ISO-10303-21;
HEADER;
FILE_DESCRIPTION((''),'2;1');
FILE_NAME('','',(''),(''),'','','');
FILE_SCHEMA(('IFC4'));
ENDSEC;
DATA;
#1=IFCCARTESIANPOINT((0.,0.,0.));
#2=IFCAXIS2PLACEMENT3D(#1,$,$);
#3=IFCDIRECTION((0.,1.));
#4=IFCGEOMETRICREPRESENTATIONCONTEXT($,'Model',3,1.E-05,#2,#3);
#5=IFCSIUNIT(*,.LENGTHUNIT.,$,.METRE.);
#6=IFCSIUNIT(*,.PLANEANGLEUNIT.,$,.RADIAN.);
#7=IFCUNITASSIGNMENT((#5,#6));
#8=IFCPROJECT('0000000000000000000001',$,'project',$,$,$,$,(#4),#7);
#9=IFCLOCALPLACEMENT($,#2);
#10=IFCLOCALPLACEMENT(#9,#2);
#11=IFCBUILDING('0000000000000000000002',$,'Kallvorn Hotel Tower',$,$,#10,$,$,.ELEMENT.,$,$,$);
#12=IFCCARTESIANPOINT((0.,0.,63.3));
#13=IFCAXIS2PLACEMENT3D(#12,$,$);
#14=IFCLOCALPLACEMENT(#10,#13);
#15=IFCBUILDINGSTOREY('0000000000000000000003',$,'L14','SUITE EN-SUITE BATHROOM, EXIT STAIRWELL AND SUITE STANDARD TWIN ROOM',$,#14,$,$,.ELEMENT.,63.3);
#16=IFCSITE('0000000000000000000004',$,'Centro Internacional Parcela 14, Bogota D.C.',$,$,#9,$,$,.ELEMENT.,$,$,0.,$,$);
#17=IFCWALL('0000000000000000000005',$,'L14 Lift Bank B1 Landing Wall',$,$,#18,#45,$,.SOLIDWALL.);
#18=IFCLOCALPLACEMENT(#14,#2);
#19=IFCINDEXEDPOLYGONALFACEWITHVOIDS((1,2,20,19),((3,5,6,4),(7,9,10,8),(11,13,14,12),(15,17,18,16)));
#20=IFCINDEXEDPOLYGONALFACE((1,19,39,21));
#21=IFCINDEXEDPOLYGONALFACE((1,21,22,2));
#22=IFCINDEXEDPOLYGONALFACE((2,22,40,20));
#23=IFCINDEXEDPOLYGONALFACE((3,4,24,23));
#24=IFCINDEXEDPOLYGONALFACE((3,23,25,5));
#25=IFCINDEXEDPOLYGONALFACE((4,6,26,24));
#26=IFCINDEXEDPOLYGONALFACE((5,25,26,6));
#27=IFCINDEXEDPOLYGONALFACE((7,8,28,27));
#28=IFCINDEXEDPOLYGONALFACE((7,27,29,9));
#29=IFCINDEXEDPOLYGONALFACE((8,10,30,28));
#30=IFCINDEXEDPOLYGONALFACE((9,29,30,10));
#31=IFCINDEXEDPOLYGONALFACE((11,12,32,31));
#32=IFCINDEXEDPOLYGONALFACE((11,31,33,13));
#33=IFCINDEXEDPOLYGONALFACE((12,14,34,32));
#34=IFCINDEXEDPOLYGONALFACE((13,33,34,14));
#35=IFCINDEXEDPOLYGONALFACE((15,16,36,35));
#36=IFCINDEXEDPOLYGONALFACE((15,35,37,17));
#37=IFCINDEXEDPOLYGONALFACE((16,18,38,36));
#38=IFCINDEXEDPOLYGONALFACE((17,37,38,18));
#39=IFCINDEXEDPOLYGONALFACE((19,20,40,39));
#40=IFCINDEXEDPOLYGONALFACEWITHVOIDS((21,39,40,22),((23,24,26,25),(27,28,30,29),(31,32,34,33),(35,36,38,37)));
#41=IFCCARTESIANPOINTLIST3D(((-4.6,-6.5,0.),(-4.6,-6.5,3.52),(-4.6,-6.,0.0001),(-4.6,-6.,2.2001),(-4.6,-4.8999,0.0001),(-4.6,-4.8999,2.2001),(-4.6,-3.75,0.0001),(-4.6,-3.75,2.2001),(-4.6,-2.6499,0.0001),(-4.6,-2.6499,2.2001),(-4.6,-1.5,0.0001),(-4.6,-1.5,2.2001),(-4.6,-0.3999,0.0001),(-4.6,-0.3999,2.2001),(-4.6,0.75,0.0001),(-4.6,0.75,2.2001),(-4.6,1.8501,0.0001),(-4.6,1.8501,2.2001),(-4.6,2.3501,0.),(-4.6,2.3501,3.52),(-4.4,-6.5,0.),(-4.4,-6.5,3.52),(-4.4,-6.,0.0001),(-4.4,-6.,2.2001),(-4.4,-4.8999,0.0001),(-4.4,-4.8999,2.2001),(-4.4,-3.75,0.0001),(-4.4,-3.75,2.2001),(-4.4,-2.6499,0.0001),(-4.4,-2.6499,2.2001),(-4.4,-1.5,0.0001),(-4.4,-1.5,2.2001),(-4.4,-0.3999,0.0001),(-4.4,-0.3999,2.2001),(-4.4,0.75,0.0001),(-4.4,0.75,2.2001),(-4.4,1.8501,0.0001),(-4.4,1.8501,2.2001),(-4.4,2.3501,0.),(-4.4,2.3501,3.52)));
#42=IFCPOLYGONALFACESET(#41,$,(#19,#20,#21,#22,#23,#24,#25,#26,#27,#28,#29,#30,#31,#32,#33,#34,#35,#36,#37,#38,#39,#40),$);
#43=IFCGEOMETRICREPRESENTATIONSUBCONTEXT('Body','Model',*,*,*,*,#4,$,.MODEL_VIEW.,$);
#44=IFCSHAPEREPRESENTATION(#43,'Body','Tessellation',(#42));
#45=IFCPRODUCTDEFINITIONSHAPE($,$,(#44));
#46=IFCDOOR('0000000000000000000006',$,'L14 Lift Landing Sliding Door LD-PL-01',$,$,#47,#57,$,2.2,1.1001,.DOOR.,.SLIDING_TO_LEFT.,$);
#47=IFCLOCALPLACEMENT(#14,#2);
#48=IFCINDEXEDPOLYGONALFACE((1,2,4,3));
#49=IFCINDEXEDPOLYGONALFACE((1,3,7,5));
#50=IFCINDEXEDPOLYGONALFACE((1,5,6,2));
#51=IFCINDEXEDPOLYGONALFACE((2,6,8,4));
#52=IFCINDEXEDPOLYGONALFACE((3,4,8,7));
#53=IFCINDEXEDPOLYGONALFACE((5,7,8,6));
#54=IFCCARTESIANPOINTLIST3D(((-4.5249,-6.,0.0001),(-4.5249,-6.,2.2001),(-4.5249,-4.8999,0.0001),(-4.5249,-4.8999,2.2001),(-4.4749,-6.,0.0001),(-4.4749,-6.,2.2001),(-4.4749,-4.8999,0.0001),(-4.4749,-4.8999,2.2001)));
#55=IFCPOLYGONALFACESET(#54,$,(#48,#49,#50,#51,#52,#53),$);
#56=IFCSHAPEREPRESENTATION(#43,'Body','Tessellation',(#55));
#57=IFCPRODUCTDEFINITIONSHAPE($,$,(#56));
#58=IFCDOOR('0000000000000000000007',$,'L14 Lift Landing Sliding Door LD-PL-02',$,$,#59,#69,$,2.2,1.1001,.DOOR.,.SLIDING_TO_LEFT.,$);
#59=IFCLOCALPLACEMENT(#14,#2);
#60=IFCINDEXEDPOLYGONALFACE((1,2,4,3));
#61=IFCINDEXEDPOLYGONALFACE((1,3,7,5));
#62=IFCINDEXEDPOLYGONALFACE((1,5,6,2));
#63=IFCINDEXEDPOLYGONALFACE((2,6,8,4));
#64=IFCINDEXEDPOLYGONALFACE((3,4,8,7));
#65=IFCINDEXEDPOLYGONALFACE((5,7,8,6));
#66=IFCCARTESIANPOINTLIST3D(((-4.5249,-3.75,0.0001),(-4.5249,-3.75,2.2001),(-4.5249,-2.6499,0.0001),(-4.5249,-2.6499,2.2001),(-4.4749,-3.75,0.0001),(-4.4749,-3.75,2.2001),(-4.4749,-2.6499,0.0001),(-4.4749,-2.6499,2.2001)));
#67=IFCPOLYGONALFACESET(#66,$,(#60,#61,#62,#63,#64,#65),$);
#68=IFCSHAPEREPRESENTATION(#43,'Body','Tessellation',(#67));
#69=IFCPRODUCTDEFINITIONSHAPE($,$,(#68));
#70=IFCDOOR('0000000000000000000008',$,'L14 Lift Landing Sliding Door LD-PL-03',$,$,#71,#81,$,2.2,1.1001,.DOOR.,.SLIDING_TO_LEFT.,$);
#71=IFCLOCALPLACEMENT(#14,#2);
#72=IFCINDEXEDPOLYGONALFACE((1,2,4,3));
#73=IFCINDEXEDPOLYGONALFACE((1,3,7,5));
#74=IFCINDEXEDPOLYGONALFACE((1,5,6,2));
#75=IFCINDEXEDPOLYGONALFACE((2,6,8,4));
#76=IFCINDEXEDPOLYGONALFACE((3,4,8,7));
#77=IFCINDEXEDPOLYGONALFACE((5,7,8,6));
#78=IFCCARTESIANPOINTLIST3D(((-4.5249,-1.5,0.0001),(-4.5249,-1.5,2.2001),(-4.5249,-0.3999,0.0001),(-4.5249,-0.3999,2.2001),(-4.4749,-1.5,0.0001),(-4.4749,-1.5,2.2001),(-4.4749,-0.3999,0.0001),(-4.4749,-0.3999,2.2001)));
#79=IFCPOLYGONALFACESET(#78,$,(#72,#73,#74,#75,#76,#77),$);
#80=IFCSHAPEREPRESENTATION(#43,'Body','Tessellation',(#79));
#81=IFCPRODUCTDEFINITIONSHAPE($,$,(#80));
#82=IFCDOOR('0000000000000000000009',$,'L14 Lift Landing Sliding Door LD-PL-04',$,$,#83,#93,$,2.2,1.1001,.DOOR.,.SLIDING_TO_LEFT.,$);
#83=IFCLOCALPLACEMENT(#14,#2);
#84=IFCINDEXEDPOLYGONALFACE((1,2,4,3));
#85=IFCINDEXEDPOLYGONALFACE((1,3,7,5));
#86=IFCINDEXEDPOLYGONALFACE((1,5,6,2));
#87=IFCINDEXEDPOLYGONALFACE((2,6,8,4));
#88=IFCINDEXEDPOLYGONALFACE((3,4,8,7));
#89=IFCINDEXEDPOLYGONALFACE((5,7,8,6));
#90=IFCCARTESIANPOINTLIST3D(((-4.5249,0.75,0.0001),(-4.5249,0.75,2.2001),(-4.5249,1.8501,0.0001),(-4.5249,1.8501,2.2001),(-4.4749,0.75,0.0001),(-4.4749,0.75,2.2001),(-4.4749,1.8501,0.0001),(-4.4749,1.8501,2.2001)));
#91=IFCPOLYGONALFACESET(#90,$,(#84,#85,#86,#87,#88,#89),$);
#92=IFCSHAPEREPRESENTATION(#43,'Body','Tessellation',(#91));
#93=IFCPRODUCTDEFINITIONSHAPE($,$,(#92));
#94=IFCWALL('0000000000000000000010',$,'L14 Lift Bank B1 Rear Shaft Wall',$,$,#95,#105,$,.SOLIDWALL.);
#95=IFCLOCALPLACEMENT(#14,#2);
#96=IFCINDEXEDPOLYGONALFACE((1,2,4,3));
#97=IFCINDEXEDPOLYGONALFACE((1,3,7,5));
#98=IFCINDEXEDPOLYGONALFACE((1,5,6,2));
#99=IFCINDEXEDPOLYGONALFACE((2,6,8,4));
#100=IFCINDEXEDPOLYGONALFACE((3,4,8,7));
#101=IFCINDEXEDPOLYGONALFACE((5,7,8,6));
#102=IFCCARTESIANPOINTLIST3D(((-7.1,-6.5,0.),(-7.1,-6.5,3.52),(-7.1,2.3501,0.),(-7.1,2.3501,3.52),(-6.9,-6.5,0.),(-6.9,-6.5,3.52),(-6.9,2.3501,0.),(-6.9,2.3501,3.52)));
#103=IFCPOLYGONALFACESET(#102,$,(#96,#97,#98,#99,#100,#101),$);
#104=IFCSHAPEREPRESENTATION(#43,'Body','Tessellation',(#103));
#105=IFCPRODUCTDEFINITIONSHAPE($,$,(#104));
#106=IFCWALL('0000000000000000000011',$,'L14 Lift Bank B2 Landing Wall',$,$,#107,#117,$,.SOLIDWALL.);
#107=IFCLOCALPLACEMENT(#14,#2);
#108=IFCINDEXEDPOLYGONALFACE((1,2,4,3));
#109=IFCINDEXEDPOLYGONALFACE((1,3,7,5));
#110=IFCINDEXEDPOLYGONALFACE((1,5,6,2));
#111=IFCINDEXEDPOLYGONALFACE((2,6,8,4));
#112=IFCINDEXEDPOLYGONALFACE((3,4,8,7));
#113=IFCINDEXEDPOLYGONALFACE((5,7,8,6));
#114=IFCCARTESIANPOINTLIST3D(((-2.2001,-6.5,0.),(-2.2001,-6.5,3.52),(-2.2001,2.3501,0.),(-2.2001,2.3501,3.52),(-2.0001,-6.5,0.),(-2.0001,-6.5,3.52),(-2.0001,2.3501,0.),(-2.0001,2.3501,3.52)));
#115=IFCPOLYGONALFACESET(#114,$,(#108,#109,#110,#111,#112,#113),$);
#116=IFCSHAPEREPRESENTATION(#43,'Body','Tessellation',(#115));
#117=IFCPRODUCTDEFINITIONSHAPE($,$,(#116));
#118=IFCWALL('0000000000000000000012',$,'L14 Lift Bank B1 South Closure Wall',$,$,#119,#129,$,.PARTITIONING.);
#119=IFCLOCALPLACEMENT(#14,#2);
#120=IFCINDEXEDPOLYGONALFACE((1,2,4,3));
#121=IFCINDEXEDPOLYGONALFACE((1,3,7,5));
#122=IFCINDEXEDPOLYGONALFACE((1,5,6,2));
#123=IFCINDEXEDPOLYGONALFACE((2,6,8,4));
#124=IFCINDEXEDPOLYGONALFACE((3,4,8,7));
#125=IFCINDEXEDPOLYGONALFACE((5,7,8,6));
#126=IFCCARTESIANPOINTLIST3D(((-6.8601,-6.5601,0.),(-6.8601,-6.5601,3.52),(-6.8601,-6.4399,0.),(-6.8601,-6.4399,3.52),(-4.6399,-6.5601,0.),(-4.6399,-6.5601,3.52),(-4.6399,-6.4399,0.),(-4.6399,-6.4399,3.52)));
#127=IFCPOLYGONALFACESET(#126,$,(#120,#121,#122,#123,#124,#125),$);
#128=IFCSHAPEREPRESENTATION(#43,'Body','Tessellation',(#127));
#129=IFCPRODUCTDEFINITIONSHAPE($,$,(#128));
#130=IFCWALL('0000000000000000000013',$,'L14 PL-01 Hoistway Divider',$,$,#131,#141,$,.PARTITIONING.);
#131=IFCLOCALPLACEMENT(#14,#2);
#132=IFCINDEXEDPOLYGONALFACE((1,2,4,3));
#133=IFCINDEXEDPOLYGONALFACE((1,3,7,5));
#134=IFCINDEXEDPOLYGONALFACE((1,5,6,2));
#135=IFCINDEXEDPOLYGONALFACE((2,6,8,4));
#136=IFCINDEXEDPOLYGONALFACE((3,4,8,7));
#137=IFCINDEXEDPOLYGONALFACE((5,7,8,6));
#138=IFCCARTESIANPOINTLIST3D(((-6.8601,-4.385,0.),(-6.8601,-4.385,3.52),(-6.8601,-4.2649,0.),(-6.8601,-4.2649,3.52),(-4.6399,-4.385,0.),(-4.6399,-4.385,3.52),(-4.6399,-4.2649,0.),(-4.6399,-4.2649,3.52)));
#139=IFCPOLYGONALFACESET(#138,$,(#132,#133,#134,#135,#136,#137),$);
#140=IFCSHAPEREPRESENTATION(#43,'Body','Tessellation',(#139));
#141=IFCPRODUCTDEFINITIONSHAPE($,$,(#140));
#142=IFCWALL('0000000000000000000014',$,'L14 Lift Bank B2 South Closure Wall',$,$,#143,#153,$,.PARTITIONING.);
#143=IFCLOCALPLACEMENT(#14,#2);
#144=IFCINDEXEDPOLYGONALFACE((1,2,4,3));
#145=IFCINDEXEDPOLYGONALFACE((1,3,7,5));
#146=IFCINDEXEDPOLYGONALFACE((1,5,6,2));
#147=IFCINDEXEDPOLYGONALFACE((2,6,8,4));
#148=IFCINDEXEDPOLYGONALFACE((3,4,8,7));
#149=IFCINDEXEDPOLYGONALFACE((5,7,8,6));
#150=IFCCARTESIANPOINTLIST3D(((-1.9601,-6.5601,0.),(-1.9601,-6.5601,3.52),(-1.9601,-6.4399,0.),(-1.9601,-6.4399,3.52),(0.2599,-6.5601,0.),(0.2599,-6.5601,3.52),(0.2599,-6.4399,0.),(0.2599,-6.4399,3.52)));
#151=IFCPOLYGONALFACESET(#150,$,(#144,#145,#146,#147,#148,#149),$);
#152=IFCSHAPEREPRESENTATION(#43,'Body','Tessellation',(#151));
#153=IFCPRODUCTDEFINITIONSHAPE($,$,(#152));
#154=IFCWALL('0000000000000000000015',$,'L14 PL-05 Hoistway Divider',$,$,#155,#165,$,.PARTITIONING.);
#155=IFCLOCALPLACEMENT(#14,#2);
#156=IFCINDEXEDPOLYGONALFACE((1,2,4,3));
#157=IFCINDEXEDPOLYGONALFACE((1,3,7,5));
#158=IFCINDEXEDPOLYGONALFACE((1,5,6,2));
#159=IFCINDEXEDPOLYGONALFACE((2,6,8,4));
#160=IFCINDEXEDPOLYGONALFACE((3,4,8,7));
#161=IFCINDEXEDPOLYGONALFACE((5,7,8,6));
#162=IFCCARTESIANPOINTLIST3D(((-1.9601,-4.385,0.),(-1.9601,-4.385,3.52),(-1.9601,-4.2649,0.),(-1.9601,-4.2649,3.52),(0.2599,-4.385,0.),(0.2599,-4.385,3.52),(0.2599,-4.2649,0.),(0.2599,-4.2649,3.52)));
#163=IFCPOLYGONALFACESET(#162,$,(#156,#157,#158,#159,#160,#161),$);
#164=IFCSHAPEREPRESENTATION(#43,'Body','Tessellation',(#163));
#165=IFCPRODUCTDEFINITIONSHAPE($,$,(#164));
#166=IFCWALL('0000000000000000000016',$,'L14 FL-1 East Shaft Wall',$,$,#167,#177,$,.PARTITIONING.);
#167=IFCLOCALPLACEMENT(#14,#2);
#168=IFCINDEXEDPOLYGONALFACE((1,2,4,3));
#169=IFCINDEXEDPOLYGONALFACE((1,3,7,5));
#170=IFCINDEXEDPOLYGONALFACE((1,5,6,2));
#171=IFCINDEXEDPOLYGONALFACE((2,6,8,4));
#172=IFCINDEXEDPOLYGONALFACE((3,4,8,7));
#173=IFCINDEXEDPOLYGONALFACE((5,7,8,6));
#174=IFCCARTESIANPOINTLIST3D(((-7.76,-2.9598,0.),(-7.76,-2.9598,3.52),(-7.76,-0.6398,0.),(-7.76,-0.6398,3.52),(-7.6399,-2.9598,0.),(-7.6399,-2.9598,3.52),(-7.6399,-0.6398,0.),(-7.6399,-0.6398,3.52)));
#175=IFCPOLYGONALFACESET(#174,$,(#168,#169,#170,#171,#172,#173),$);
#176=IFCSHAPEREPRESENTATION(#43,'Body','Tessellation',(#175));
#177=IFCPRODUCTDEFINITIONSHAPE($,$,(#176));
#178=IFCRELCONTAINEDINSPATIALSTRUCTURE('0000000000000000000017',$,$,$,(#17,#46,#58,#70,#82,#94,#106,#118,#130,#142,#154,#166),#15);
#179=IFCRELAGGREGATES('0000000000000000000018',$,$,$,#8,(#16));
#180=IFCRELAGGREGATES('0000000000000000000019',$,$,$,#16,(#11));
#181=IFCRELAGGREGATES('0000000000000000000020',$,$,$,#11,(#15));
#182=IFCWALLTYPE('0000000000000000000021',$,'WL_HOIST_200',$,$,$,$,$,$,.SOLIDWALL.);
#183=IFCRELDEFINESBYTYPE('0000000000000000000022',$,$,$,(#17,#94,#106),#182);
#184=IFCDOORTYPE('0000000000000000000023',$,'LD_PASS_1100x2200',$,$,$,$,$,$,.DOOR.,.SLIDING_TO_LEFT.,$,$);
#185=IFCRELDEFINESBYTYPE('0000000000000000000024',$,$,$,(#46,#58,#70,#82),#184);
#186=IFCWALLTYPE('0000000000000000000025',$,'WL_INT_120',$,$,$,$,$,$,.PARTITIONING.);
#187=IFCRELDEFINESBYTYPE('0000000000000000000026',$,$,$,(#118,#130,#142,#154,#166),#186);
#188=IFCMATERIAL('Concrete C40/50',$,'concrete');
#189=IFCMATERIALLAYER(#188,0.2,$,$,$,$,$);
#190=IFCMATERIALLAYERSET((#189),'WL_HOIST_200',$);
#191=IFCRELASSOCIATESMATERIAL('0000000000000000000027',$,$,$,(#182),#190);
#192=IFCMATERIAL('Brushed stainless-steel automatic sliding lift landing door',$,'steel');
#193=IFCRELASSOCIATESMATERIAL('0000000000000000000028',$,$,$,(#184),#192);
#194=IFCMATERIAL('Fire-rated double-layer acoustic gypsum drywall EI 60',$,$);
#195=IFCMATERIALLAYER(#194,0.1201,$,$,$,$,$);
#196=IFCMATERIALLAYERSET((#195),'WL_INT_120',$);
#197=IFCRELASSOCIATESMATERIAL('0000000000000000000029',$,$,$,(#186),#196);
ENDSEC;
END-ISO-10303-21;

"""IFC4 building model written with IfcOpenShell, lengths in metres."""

from ifc_helpers import new_model, si_unit, direction, frame, frame_2d, origin, place, context, subcontext, project, spatial, rectangle, extrude, material, layer, layer_set, type_object, element, fill, save


model = new_model("IFC4")

# Units and contexts
model_context = context("Model", 3, precision=1e-05, world=origin(), true_north=direction((0.0, 1.0)))
body_context = subcontext(model_context, "Body", "Model", "MODEL_VIEW")
ifc_project = project(units=[si_unit("LENGTHUNIT", "METRE"), si_unit("PLANEANGLEUNIT", "RADIAN")], contexts=[model_context])

# Site, building, storey
site_placement = place(None, origin())
site = spatial("IfcSite", under=ifc_project, at=site_placement, Name="Centro Internacional Parcela 14, Bogota D.C.", CompositionType="ELEMENT", RefElevation=0.0)
building_placement = place(site_placement, origin())
building = spatial("IfcBuilding", under=site, at=building_placement, Name="Kallvorn Hotel Tower", CompositionType="ELEMENT")
storey_placement = place(building_placement, frame((0.0, 0.0, 63.3)))
storey = spatial("IfcBuildingStorey", under=building, at=storey_placement, Name="L14", Description="SUITE EN-SUITE BATHROOM, EXIT STAIRWELL AND SUITE STANDARD TWIN ROOM", CompositionType="ELEMENT", Elevation=63.3)

# Wall, openings, doors
ifc_material_1 = material(Name="Concrete C40/50", Category="concrete")
ifc_layer_1 = layer(ifc_material_1, 0.2)
ifc_layer_set_1 = layer_set([ifc_layer_1], Name="WL_HOIST_200")
wall_type_1 = type_object("IfcWallType", Name="WL_HOIST_200", PredefinedType="SOLIDWALL", material=ifc_layer_set_1)
wall_1_placement = place(storey_placement, frame((-4.5, -6.5, 0.0), z_axis=(0.0, 0.0, 1.0), x_axis=(0.0, 1.0, 0.0)))
wall_1 = element("IfcWall", 1, at=wall_1_placement, inside=storey, type_object=wall_type_1, Name="L14 Lift Bank B1 Landing Wall", PredefinedType="SOLIDWALL", context=body_context, shape_type="SweptSolid", body=[
    extrude(rectangle(XDim=8.8501, YDim=0.2, at=frame_2d((4.425, 0.0))), origin(), (0.0, 0.0, 1.0), 3.52),
])
opening_1_placement = place(wall_1_placement, frame((0.5, 0.0, 0.0)))
opening_1 = element("IfcOpeningElement", 2, at=opening_1_placement, cuts=wall_1, PredefinedType="OPENING", context=body_context, shape_type="SweptSolid", body=[
    extrude(rectangle(XDim=1.1001, YDim=2.2, at=frame_2d((0.55, 1.1001))), frame((0.0, 0.115, 0.0), z_axis=(0.0, -1.0, 0.0), x_axis=(1.0, 0.0, 0.0)), (0.0, 0.0, 1.0), 0.23),
])
opening_2_placement = place(wall_1_placement, frame((2.75, 0.0, 0.0)))
opening_2 = element("IfcOpeningElement", 3, at=opening_2_placement, cuts=wall_1, PredefinedType="OPENING", context=body_context, shape_type="SweptSolid", body=[
    extrude(rectangle(XDim=1.1001, YDim=2.2, at=frame_2d((0.55, 1.1001))), frame((0.0, 0.115, 0.0), z_axis=(0.0, -1.0, 0.0), x_axis=(1.0, 0.0, 0.0)), (0.0, 0.0, 1.0), 0.23),
])
opening_3_placement = place(wall_1_placement, frame((5.0, 0.0, 0.0)))
opening_3 = element("IfcOpeningElement", 4, at=opening_3_placement, cuts=wall_1, PredefinedType="OPENING", context=body_context, shape_type="SweptSolid", body=[
    extrude(rectangle(XDim=1.1001, YDim=2.2, at=frame_2d((0.55, 1.1001))), frame((0.0, 0.115, 0.0), z_axis=(0.0, -1.0, 0.0), x_axis=(1.0, 0.0, 0.0)), (0.0, 0.0, 1.0), 0.23),
])
opening_4_placement = place(wall_1_placement, frame((7.25, 0.0, 0.0)))
opening_4 = element("IfcOpeningElement", 5, at=opening_4_placement, cuts=wall_1, PredefinedType="OPENING", context=body_context, shape_type="SweptSolid", body=[
    extrude(rectangle(XDim=1.1001, YDim=2.2, at=frame_2d((0.55, 1.1001))), frame((0.0, 0.115, 0.0), z_axis=(0.0, -1.0, 0.0), x_axis=(1.0, 0.0, 0.0)), (0.0, 0.0, 1.0), 0.23),
])
ifc_material_2 = material(Name="Brushed stainless-steel automatic sliding lift landing door", Category="steel")
door_type_1 = type_object("IfcDoorType", Name="LD_PASS_1100x2200", OperationType="SLIDING_TO_LEFT", PredefinedType="DOOR", material=ifc_material_2)
door_1_placement = place(opening_1_placement, origin())
door_1 = element("IfcDoor", 6, at=door_1_placement, inside=storey, type_object=door_type_1, Name="L14 Lift Landing Sliding Door LD-PL-01", OperationType="SLIDING_TO_LEFT", OverallHeight=2.2, OverallWidth=1.1001, PredefinedType="DOOR", context=body_context, shape_type="SweptSolid", body=[
    extrude(rectangle(XDim=1.1001, YDim=2.2, at=frame_2d((0.55, 1.1001))), frame((0.0, 0.0249, 0.0), z_axis=(0.0, -1.0, 0.0), x_axis=(1.0, 0.0, 0.0)), (0.0, 0.0, 1.0), 0.05),
])
fill(opening_1, door_1)
door_2_placement = place(opening_2_placement, origin())
door_2 = element("IfcDoor", 7, at=door_2_placement, inside=storey, type_object=door_type_1, Name="L14 Lift Landing Sliding Door LD-PL-02", OperationType="SLIDING_TO_LEFT", OverallHeight=2.2, OverallWidth=1.1001, PredefinedType="DOOR", context=body_context, shape_type="SweptSolid", body=[
    extrude(rectangle(XDim=1.1001, YDim=2.2, at=frame_2d((0.55, 1.1001))), frame((0.0, 0.0249, 0.0), z_axis=(0.0, -1.0, 0.0), x_axis=(1.0, 0.0, 0.0)), (0.0, 0.0, 1.0), 0.05),
])
fill(opening_2, door_2)
door_3_placement = place(opening_3_placement, origin())
door_3 = element("IfcDoor", 8, at=door_3_placement, inside=storey, type_object=door_type_1, Name="L14 Lift Landing Sliding Door LD-PL-03", OperationType="SLIDING_TO_LEFT", OverallHeight=2.2, OverallWidth=1.1001, PredefinedType="DOOR", context=body_context, shape_type="SweptSolid", body=[
    extrude(rectangle(XDim=1.1001, YDim=2.2, at=frame_2d((0.55, 1.1001))), frame((0.0, 0.0249, 0.0), z_axis=(0.0, -1.0, 0.0), x_axis=(1.0, 0.0, 0.0)), (0.0, 0.0, 1.0), 0.05),
])
fill(opening_3, door_3)
door_4_placement = place(opening_4_placement, origin())
door_4 = element("IfcDoor", 9, at=door_4_placement, inside=storey, type_object=door_type_1, Name="L14 Lift Landing Sliding Door LD-PL-04", OperationType="SLIDING_TO_LEFT", OverallHeight=2.2, OverallWidth=1.1001, PredefinedType="DOOR", context=body_context, shape_type="SweptSolid", body=[
    extrude(rectangle(XDim=1.1001, YDim=2.2, at=frame_2d((0.55, 1.1001))), frame((0.0, 0.0249, 0.0), z_axis=(0.0, -1.0, 0.0), x_axis=(1.0, 0.0, 0.0)), (0.0, 0.0, 1.0), 0.05),
])
fill(opening_4, door_4)

# Walls
for number, where, z_axis, x_axis, name in (
    (10, (-7.0, -6.5, 0.0), (0.0, 0.0, 1.0), (0.0, 1.0, 0.0), "L14 Lift Bank B1 Rear Shaft Wall"),
    (11, (-2.1001, -6.5, 0.0), (0.0, 0.0, 1.0), (0.0, 1.0, 0.0), "L14 Lift Bank B2 Landing Wall"),
):
    element("IfcWall", number, at=place(storey_placement, frame(where, z_axis=z_axis, x_axis=x_axis)), inside=storey, type_object=wall_type_1, Name=name, PredefinedType="SOLIDWALL", context=body_context, shape_type="SweptSolid", body=[
        extrude(rectangle(XDim=8.8501, YDim=0.2, at=frame_2d((4.425, 0.0))), origin(), (0.0, 0.0, 1.0), 3.52),
    ])
ifc_material_3 = material(Name="Fire-rated double-layer acoustic gypsum drywall EI 60")
ifc_layer_2 = layer(ifc_material_3, 0.1201)
ifc_layer_set_2 = layer_set([ifc_layer_2], Name="WL_INT_120")
wall_type_2 = type_object("IfcWallType", Name="WL_INT_120", PredefinedType="PARTITIONING", material=ifc_layer_set_2)
for number, where, z_axis, x_axis, name in (
    (12, (-6.8601, -6.5, 0.0), (0.0, 0.0, 1.0), (1.0, 0.0, 0.0), "L14 Lift Bank B1 South Closure Wall"),
    (13, (-6.8601, -4.325, 0.0), (0.0, 0.0, 1.0), (1.0, 0.0, 0.0), "L14 PL-01 Hoistway Divider"),
):
    element("IfcWall", number, at=place(storey_placement, frame(where, z_axis=z_axis, x_axis=x_axis)), inside=storey, type_object=wall_type_2, Name=name, PredefinedType="PARTITIONING", context=body_context, shape_type="SweptSolid", body=[
        extrude(rectangle(XDim=2.2202, YDim=0.1201, at=frame_2d((1.1101, 0.0))), origin(), (0.0, 0.0, 1.0), 3.52),
    ])
for number, where, z_axis, x_axis, name in (
    (14, (-1.96, -6.5, 0.0), (0.0, 0.0, 1.0), (1.0, 0.0, 0.0), "L14 Lift Bank B2 South Closure Wall"),
    (15, (-1.96, -4.325, 0.0), (0.0, 0.0, 1.0), (1.0, 0.0, 0.0), "L14 PL-05 Hoistway Divider"),
):
    element("IfcWall", number, at=place(storey_placement, frame(where, z_axis=z_axis, x_axis=x_axis)), inside=storey, type_object=wall_type_2, Name=name, PredefinedType="PARTITIONING", context=body_context, shape_type="SweptSolid", body=[
        extrude(rectangle(XDim=2.22, YDim=0.1201, at=frame_2d((1.1099, 0.0))), origin(), (0.0, 0.0, 1.0), 3.52),
    ])
wall_2_placement = place(storey_placement, frame((-7.7, -2.96, 0.0), z_axis=(0.0, 0.0, 1.0), x_axis=(0.0, 1.0, 0.0)))
element("IfcWall", 16, at=wall_2_placement, inside=storey, type_object=wall_type_2, Name="L14 FL-1 East Shaft Wall", PredefinedType="PARTITIONING", context=body_context, shape_type="SweptSolid", body=[
    extrude(rectangle(XDim=2.3201, YDim=0.1201, at=frame_2d((1.1602, 0.0))), origin(), (0.0, 0.0, 1.0), 3.52),
])

save(model, "model.ifc")
